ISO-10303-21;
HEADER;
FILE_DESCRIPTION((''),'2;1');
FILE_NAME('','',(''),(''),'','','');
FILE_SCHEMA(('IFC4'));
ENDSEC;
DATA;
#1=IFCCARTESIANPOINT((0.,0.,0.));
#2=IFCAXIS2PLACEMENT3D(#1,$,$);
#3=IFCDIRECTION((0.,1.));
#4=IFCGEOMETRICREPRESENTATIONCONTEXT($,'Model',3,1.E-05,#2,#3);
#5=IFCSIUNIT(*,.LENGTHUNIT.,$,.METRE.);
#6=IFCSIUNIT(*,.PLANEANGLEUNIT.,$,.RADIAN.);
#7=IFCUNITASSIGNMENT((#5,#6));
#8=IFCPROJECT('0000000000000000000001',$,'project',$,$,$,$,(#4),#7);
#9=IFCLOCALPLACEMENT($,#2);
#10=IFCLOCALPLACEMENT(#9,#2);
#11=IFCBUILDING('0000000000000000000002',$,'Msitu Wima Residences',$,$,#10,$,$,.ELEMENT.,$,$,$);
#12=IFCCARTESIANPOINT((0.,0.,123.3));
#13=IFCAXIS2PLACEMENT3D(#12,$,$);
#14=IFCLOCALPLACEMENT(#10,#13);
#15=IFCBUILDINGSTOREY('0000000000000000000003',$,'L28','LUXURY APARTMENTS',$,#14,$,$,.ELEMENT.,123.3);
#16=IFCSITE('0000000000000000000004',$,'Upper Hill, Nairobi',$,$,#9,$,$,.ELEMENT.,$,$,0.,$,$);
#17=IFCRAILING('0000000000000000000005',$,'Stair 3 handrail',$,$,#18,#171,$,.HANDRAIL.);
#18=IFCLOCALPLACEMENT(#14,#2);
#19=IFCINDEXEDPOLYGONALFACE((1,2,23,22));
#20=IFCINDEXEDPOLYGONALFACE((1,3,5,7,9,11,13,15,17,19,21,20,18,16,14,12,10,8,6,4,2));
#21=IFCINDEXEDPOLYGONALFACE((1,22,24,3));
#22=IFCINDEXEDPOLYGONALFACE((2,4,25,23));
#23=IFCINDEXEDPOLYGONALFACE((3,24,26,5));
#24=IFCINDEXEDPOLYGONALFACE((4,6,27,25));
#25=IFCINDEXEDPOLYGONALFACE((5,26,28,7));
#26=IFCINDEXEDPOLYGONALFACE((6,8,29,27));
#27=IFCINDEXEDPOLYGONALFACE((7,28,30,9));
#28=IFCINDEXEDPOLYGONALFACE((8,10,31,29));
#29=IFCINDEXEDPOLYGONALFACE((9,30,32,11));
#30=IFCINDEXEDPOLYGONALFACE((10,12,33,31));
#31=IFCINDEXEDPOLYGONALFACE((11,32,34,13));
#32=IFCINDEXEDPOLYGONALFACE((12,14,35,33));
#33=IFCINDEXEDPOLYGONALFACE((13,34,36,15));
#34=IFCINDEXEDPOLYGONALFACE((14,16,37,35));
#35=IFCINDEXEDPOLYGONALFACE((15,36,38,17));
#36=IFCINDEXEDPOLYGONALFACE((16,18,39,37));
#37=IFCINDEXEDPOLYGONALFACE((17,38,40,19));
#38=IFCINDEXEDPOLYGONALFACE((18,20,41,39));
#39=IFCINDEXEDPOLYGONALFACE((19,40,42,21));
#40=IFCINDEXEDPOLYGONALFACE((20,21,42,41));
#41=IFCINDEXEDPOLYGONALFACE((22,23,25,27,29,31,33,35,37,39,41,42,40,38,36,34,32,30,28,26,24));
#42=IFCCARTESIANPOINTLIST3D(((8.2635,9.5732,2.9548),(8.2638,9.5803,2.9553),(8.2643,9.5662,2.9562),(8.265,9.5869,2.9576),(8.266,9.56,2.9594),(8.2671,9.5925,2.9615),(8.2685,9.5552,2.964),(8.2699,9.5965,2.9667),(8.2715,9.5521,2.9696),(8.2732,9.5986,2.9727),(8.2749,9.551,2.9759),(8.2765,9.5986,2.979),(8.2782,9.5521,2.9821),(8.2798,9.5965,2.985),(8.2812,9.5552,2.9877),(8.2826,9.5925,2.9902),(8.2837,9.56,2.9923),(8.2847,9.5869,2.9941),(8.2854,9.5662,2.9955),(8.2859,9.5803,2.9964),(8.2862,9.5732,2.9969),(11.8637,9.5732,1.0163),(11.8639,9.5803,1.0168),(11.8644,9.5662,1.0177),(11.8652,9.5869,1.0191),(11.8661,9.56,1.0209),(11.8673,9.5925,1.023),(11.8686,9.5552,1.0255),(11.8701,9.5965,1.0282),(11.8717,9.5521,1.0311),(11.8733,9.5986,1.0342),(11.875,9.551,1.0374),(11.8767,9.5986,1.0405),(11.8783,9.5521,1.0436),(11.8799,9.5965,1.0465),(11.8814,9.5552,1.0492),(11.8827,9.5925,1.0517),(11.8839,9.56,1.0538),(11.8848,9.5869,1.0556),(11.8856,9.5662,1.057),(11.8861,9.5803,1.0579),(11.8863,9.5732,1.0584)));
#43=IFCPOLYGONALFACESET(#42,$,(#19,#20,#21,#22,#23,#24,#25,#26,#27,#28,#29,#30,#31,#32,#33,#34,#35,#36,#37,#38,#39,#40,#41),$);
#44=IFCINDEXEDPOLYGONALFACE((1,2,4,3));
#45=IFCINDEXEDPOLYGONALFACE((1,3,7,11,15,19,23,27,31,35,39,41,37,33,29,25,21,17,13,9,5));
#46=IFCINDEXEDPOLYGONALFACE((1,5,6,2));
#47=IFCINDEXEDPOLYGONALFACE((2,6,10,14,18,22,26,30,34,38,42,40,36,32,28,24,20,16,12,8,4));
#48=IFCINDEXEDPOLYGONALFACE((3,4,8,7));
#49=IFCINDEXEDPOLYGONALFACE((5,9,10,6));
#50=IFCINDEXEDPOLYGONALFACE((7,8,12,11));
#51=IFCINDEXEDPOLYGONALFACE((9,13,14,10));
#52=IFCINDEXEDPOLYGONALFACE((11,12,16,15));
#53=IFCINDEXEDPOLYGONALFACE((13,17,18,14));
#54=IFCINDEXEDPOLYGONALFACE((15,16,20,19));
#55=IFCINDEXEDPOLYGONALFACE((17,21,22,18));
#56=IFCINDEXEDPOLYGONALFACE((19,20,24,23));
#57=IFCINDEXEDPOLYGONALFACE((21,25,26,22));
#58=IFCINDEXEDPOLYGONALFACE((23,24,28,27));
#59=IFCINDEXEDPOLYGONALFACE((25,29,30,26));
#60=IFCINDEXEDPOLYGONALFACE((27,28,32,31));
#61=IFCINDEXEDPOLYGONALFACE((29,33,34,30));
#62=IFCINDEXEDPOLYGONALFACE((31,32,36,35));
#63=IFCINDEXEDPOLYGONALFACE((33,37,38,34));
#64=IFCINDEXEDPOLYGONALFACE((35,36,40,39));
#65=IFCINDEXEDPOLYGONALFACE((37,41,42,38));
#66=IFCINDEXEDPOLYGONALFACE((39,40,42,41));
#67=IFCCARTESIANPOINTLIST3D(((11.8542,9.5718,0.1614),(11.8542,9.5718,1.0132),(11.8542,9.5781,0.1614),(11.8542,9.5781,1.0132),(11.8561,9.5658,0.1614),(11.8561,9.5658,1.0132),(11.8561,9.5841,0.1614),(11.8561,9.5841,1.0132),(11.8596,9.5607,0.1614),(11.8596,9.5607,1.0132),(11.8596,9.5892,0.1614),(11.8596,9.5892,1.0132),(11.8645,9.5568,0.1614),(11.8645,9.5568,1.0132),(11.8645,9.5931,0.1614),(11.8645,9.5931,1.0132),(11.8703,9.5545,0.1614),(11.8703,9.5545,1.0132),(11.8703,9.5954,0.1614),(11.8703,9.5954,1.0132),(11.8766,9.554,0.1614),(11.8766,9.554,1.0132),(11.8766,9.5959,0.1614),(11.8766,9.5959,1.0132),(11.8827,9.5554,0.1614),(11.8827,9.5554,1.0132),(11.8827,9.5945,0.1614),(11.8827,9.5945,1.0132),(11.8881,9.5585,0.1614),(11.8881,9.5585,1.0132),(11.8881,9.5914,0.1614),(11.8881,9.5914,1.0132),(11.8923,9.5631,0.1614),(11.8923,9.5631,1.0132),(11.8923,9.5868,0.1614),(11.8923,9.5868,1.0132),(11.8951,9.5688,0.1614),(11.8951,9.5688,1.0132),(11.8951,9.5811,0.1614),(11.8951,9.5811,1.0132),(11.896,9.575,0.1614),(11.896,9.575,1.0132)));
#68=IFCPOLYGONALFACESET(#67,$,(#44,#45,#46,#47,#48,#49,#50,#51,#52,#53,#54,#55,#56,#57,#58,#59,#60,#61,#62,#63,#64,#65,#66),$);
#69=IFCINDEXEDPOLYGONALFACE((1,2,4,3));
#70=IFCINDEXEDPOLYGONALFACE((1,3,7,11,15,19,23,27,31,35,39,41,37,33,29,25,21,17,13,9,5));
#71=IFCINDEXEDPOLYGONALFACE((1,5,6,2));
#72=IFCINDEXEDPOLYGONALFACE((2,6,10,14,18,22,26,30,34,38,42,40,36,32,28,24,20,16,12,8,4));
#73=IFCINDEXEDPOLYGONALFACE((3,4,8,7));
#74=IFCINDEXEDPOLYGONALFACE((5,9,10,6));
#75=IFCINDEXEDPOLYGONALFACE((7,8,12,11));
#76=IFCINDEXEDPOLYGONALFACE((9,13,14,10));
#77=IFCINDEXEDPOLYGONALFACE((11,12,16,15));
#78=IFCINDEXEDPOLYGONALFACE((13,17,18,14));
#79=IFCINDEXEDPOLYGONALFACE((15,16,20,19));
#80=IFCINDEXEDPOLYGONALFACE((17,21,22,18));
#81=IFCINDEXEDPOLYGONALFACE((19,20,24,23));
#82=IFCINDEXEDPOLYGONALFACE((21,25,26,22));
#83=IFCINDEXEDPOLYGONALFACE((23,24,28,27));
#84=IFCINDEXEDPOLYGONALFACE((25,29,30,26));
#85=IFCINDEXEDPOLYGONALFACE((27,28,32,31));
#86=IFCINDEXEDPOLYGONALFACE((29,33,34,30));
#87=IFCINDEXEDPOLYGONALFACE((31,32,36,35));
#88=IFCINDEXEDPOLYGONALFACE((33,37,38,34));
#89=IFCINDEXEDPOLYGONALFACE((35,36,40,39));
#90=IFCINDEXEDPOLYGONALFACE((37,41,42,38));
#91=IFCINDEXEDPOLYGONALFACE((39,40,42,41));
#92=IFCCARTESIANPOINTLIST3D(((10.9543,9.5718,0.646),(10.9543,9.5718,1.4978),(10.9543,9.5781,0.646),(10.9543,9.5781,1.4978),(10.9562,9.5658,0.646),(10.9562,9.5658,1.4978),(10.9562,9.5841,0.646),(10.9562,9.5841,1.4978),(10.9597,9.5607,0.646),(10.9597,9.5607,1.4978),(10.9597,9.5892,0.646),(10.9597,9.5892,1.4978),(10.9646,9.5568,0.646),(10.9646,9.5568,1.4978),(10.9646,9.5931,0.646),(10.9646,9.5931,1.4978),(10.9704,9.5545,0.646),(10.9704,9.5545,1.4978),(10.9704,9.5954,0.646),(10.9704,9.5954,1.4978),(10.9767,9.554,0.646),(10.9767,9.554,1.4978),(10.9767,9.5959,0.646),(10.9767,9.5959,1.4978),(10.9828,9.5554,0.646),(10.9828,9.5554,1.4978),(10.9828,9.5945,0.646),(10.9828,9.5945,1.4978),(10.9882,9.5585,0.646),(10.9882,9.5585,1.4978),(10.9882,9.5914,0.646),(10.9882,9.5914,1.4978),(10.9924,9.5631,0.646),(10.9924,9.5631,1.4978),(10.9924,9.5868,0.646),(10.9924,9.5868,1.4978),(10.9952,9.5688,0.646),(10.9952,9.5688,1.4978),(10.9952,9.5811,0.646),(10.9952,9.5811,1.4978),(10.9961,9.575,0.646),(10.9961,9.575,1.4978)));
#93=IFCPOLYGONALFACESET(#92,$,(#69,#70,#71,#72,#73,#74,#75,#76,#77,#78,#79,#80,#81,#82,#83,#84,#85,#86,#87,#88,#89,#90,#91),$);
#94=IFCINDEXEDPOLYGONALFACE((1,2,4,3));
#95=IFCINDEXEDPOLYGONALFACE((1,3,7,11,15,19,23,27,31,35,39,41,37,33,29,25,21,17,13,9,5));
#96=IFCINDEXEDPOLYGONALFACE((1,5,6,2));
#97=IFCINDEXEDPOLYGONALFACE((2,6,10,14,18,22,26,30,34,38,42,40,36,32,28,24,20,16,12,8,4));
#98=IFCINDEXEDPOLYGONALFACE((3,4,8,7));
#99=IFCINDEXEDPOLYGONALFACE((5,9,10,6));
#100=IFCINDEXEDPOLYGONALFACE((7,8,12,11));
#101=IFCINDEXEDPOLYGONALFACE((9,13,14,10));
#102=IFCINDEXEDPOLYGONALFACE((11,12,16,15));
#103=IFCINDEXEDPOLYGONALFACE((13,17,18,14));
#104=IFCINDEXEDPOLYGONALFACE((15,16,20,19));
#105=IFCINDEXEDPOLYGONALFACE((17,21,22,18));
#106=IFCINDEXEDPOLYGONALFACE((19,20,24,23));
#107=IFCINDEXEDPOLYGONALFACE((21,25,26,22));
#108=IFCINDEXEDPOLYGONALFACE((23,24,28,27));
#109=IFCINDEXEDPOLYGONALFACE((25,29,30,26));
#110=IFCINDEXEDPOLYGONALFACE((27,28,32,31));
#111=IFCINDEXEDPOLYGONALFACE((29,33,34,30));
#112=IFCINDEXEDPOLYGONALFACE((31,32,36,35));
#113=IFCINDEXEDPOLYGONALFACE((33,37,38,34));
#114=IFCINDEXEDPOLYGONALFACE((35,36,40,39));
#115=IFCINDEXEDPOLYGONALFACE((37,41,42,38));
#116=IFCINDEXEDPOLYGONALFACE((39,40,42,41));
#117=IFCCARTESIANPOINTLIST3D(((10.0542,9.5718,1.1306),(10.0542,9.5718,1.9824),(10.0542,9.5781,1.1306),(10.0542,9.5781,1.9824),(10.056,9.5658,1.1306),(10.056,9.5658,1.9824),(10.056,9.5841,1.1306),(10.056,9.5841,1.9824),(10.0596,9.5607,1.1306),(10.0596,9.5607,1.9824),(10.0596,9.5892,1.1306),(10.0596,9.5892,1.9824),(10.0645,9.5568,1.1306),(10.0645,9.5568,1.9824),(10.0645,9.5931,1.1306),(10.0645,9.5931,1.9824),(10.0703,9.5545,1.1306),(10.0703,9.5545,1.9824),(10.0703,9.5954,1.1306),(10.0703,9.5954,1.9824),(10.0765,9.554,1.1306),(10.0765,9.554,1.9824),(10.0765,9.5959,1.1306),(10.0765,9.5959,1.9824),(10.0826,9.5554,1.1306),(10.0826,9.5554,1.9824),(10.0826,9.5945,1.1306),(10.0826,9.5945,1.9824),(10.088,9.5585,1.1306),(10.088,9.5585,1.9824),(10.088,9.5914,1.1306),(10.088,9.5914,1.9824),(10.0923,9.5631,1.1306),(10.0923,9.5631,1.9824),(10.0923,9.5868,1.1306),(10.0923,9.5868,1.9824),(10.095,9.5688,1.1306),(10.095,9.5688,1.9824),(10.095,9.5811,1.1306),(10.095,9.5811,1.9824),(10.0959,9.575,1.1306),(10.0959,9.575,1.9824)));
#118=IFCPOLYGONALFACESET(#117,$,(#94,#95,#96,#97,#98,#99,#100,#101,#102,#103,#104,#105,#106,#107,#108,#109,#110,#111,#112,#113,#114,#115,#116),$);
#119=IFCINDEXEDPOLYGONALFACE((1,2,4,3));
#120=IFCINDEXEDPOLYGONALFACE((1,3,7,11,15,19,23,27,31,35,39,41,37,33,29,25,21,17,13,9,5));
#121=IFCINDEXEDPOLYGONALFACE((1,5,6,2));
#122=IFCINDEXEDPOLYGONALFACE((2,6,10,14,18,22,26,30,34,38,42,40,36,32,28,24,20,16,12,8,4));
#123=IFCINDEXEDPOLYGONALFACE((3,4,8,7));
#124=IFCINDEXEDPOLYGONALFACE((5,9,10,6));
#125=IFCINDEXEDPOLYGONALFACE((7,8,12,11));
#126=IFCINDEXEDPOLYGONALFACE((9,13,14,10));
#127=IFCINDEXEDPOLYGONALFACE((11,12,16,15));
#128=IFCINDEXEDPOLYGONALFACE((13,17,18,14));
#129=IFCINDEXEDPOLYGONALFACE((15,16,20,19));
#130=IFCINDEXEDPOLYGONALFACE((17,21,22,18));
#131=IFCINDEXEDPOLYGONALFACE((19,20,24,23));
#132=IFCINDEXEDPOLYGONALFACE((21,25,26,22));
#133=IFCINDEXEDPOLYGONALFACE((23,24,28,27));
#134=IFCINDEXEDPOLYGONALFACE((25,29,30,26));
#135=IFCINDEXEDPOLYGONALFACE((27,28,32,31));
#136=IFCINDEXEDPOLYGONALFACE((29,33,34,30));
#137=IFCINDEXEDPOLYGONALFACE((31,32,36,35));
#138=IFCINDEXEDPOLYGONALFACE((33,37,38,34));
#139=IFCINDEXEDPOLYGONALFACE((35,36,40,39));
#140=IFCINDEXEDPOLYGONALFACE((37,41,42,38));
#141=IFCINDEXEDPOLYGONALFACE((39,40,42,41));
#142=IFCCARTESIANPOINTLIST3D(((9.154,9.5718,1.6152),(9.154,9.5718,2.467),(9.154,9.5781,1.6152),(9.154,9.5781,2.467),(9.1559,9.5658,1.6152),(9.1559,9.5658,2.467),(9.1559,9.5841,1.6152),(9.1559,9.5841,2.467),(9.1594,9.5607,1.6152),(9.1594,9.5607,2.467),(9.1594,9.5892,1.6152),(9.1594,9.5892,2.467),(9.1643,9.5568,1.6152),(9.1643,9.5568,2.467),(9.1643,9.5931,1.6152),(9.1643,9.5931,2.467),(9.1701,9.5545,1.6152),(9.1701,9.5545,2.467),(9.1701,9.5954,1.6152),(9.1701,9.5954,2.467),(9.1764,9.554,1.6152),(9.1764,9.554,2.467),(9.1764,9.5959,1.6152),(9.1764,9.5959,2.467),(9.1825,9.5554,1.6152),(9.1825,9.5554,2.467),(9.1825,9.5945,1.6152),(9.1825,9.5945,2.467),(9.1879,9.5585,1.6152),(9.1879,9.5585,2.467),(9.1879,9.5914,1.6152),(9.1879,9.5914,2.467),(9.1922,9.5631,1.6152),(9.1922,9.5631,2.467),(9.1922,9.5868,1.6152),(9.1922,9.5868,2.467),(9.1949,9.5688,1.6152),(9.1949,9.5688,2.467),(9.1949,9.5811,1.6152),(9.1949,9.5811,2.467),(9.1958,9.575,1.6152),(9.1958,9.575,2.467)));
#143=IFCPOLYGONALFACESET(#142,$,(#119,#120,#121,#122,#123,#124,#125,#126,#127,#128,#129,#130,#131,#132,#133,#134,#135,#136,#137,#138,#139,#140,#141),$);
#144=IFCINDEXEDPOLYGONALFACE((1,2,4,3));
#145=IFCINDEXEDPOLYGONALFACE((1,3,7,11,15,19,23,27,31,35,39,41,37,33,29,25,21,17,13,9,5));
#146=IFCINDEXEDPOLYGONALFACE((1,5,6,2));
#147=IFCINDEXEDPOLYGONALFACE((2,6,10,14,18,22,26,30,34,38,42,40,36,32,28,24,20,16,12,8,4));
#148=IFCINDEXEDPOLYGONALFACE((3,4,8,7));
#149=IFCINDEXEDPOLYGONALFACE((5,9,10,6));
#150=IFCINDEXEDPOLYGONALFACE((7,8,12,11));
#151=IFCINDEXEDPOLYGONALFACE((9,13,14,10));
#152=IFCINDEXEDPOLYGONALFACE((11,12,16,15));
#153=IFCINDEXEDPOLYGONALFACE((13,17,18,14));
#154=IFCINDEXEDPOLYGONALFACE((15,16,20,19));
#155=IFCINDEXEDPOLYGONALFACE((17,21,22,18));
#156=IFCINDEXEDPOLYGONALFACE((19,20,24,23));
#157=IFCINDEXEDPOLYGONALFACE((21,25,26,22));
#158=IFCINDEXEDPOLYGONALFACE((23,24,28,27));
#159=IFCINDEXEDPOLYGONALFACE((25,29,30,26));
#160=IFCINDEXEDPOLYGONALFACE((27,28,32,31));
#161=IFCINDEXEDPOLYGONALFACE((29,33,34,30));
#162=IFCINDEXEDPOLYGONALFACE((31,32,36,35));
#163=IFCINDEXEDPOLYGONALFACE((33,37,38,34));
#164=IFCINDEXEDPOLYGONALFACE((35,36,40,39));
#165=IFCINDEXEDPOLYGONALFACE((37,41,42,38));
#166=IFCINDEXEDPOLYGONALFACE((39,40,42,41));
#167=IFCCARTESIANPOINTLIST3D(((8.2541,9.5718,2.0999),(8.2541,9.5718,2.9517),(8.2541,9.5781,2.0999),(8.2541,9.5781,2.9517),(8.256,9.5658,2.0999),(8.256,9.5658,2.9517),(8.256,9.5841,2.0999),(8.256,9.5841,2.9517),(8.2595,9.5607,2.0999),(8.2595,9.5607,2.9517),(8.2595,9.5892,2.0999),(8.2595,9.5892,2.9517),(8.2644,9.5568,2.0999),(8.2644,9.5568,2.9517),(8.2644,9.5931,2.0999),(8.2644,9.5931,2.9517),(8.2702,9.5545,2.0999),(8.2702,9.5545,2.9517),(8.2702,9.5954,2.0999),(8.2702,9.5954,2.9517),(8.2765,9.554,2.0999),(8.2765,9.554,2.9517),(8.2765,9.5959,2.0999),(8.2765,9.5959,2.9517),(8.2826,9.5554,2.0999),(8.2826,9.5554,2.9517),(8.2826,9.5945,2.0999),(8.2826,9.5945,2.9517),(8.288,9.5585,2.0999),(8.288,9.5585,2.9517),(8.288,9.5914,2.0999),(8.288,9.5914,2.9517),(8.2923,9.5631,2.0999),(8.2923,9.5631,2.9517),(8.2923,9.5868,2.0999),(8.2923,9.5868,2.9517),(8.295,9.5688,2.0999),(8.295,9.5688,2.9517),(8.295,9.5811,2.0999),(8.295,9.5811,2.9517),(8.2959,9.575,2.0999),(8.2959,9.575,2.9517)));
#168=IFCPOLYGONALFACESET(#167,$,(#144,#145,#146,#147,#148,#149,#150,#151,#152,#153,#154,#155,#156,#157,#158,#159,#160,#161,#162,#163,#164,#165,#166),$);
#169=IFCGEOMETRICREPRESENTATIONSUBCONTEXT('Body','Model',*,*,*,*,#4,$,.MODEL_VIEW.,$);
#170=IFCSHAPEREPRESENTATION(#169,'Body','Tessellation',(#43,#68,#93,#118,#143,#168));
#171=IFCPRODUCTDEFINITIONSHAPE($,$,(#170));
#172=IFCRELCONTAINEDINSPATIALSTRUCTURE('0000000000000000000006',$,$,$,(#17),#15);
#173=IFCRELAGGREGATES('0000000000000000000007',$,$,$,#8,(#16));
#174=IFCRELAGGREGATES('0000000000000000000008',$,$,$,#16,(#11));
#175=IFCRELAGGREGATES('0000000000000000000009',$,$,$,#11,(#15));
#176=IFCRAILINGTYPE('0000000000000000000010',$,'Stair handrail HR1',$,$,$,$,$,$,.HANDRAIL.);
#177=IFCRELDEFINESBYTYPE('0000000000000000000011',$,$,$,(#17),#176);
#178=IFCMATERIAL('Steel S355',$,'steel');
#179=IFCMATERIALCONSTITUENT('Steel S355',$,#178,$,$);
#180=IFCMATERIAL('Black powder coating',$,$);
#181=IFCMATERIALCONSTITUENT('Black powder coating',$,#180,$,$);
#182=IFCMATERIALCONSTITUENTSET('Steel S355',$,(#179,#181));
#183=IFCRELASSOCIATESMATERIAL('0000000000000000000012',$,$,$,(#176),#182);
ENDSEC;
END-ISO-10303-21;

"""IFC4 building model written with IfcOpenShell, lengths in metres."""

from ifc_helpers import new_model, si_unit, direction, frame, origin, origin_2d, place, context, subcontext, project, spatial, circle, extrude, material, constituent, constituent_set, type_object, element, save


model = new_model("IFC4")

# Units and contexts
model_context = context("Model", 3, precision=1e-05, world=origin(), true_north=direction((0.0, 1.0)))
body_context = subcontext(model_context, "Body", "Model", "MODEL_VIEW")
ifc_project = project(units=[si_unit("LENGTHUNIT", "METRE"), si_unit("PLANEANGLEUNIT", "RADIAN")], contexts=[model_context])

# Site, building, storey
site_placement = place(None, origin())
site = spatial("IfcSite", under=ifc_project, at=site_placement, Name="Upper Hill, Nairobi", CompositionType="ELEMENT", RefElevation=0.0)
building_placement = place(site_placement, origin())
building = spatial("IfcBuilding", under=site, at=building_placement, Name="Msitu Wima Residences", CompositionType="ELEMENT")
storey_placement = place(building_placement, frame((0.0, 0.0, 123.3)))
storey = spatial("IfcBuildingStorey", under=building, at=storey_placement, Name="L28", Description="LUXURY APARTMENTS", CompositionType="ELEMENT", Elevation=123.3)

# Railing
ifc_material_1 = material(Name="Steel S355", Category="steel")
ifc_constituent_1 = constituent(ifc_material_1, Name="Steel S355")
ifc_material_2 = material(Name="Black powder coating")
ifc_constituent_2 = constituent(ifc_material_2, Name="Black powder coating")
ifc_constituent_set = constituent_set(constituents=[ifc_constituent_1, ifc_constituent_2], Name="Steel S355")
railing_type = type_object("IfcRailingType", Name="Stair handrail HR1", PredefinedType="HANDRAIL", material=ifc_constituent_set)
for number, where, name in (
    (1, (11.875, 9.575, 0.1614), "Stair 3 handrail"),
):
    element("IfcRailing", number, at=place(storey_placement, frame(where)), inside=storey, type_object=railing_type, Name=name, PredefinedType="HANDRAIL", context=body_context, shape_type="SweptSolid", body=[
        extrude(circle(Radius=0.0239, at=origin_2d()), frame((0.0, 0.0, 0.876), z_axis=(-0.880475, 0.0, 0.474093), x_axis=(0.0, -1.0, 0.0)), (0.0, 0.0, 1.0), 4.0889),
        extrude(circle(Radius=0.021, at=origin_2d()), origin(), (0.0, 0.0, 1.0), 0.8518),
        extrude(circle(Radius=0.021, at=origin_2d()), frame((-0.8999, 0.0, 0.4846)), (0.0, 0.0, 1.0), 0.8518),
        extrude(circle(Radius=0.021, at=origin_2d()), frame((-1.8, 0.0, 0.9692)), (0.0, 0.0, 1.0), 0.8518),
        extrude(circle(Radius=0.021, at=origin_2d()), frame((-2.7002, 0.0, 1.4539)), (0.0, 0.0, 1.0), 0.8518),
        extrude(circle(Radius=0.021, at=origin_2d()), frame((-3.6001, 0.0, 1.9385)), (0.0, 0.0, 1.0), 0.8518),
    ])

save(model, "model.ifc")
